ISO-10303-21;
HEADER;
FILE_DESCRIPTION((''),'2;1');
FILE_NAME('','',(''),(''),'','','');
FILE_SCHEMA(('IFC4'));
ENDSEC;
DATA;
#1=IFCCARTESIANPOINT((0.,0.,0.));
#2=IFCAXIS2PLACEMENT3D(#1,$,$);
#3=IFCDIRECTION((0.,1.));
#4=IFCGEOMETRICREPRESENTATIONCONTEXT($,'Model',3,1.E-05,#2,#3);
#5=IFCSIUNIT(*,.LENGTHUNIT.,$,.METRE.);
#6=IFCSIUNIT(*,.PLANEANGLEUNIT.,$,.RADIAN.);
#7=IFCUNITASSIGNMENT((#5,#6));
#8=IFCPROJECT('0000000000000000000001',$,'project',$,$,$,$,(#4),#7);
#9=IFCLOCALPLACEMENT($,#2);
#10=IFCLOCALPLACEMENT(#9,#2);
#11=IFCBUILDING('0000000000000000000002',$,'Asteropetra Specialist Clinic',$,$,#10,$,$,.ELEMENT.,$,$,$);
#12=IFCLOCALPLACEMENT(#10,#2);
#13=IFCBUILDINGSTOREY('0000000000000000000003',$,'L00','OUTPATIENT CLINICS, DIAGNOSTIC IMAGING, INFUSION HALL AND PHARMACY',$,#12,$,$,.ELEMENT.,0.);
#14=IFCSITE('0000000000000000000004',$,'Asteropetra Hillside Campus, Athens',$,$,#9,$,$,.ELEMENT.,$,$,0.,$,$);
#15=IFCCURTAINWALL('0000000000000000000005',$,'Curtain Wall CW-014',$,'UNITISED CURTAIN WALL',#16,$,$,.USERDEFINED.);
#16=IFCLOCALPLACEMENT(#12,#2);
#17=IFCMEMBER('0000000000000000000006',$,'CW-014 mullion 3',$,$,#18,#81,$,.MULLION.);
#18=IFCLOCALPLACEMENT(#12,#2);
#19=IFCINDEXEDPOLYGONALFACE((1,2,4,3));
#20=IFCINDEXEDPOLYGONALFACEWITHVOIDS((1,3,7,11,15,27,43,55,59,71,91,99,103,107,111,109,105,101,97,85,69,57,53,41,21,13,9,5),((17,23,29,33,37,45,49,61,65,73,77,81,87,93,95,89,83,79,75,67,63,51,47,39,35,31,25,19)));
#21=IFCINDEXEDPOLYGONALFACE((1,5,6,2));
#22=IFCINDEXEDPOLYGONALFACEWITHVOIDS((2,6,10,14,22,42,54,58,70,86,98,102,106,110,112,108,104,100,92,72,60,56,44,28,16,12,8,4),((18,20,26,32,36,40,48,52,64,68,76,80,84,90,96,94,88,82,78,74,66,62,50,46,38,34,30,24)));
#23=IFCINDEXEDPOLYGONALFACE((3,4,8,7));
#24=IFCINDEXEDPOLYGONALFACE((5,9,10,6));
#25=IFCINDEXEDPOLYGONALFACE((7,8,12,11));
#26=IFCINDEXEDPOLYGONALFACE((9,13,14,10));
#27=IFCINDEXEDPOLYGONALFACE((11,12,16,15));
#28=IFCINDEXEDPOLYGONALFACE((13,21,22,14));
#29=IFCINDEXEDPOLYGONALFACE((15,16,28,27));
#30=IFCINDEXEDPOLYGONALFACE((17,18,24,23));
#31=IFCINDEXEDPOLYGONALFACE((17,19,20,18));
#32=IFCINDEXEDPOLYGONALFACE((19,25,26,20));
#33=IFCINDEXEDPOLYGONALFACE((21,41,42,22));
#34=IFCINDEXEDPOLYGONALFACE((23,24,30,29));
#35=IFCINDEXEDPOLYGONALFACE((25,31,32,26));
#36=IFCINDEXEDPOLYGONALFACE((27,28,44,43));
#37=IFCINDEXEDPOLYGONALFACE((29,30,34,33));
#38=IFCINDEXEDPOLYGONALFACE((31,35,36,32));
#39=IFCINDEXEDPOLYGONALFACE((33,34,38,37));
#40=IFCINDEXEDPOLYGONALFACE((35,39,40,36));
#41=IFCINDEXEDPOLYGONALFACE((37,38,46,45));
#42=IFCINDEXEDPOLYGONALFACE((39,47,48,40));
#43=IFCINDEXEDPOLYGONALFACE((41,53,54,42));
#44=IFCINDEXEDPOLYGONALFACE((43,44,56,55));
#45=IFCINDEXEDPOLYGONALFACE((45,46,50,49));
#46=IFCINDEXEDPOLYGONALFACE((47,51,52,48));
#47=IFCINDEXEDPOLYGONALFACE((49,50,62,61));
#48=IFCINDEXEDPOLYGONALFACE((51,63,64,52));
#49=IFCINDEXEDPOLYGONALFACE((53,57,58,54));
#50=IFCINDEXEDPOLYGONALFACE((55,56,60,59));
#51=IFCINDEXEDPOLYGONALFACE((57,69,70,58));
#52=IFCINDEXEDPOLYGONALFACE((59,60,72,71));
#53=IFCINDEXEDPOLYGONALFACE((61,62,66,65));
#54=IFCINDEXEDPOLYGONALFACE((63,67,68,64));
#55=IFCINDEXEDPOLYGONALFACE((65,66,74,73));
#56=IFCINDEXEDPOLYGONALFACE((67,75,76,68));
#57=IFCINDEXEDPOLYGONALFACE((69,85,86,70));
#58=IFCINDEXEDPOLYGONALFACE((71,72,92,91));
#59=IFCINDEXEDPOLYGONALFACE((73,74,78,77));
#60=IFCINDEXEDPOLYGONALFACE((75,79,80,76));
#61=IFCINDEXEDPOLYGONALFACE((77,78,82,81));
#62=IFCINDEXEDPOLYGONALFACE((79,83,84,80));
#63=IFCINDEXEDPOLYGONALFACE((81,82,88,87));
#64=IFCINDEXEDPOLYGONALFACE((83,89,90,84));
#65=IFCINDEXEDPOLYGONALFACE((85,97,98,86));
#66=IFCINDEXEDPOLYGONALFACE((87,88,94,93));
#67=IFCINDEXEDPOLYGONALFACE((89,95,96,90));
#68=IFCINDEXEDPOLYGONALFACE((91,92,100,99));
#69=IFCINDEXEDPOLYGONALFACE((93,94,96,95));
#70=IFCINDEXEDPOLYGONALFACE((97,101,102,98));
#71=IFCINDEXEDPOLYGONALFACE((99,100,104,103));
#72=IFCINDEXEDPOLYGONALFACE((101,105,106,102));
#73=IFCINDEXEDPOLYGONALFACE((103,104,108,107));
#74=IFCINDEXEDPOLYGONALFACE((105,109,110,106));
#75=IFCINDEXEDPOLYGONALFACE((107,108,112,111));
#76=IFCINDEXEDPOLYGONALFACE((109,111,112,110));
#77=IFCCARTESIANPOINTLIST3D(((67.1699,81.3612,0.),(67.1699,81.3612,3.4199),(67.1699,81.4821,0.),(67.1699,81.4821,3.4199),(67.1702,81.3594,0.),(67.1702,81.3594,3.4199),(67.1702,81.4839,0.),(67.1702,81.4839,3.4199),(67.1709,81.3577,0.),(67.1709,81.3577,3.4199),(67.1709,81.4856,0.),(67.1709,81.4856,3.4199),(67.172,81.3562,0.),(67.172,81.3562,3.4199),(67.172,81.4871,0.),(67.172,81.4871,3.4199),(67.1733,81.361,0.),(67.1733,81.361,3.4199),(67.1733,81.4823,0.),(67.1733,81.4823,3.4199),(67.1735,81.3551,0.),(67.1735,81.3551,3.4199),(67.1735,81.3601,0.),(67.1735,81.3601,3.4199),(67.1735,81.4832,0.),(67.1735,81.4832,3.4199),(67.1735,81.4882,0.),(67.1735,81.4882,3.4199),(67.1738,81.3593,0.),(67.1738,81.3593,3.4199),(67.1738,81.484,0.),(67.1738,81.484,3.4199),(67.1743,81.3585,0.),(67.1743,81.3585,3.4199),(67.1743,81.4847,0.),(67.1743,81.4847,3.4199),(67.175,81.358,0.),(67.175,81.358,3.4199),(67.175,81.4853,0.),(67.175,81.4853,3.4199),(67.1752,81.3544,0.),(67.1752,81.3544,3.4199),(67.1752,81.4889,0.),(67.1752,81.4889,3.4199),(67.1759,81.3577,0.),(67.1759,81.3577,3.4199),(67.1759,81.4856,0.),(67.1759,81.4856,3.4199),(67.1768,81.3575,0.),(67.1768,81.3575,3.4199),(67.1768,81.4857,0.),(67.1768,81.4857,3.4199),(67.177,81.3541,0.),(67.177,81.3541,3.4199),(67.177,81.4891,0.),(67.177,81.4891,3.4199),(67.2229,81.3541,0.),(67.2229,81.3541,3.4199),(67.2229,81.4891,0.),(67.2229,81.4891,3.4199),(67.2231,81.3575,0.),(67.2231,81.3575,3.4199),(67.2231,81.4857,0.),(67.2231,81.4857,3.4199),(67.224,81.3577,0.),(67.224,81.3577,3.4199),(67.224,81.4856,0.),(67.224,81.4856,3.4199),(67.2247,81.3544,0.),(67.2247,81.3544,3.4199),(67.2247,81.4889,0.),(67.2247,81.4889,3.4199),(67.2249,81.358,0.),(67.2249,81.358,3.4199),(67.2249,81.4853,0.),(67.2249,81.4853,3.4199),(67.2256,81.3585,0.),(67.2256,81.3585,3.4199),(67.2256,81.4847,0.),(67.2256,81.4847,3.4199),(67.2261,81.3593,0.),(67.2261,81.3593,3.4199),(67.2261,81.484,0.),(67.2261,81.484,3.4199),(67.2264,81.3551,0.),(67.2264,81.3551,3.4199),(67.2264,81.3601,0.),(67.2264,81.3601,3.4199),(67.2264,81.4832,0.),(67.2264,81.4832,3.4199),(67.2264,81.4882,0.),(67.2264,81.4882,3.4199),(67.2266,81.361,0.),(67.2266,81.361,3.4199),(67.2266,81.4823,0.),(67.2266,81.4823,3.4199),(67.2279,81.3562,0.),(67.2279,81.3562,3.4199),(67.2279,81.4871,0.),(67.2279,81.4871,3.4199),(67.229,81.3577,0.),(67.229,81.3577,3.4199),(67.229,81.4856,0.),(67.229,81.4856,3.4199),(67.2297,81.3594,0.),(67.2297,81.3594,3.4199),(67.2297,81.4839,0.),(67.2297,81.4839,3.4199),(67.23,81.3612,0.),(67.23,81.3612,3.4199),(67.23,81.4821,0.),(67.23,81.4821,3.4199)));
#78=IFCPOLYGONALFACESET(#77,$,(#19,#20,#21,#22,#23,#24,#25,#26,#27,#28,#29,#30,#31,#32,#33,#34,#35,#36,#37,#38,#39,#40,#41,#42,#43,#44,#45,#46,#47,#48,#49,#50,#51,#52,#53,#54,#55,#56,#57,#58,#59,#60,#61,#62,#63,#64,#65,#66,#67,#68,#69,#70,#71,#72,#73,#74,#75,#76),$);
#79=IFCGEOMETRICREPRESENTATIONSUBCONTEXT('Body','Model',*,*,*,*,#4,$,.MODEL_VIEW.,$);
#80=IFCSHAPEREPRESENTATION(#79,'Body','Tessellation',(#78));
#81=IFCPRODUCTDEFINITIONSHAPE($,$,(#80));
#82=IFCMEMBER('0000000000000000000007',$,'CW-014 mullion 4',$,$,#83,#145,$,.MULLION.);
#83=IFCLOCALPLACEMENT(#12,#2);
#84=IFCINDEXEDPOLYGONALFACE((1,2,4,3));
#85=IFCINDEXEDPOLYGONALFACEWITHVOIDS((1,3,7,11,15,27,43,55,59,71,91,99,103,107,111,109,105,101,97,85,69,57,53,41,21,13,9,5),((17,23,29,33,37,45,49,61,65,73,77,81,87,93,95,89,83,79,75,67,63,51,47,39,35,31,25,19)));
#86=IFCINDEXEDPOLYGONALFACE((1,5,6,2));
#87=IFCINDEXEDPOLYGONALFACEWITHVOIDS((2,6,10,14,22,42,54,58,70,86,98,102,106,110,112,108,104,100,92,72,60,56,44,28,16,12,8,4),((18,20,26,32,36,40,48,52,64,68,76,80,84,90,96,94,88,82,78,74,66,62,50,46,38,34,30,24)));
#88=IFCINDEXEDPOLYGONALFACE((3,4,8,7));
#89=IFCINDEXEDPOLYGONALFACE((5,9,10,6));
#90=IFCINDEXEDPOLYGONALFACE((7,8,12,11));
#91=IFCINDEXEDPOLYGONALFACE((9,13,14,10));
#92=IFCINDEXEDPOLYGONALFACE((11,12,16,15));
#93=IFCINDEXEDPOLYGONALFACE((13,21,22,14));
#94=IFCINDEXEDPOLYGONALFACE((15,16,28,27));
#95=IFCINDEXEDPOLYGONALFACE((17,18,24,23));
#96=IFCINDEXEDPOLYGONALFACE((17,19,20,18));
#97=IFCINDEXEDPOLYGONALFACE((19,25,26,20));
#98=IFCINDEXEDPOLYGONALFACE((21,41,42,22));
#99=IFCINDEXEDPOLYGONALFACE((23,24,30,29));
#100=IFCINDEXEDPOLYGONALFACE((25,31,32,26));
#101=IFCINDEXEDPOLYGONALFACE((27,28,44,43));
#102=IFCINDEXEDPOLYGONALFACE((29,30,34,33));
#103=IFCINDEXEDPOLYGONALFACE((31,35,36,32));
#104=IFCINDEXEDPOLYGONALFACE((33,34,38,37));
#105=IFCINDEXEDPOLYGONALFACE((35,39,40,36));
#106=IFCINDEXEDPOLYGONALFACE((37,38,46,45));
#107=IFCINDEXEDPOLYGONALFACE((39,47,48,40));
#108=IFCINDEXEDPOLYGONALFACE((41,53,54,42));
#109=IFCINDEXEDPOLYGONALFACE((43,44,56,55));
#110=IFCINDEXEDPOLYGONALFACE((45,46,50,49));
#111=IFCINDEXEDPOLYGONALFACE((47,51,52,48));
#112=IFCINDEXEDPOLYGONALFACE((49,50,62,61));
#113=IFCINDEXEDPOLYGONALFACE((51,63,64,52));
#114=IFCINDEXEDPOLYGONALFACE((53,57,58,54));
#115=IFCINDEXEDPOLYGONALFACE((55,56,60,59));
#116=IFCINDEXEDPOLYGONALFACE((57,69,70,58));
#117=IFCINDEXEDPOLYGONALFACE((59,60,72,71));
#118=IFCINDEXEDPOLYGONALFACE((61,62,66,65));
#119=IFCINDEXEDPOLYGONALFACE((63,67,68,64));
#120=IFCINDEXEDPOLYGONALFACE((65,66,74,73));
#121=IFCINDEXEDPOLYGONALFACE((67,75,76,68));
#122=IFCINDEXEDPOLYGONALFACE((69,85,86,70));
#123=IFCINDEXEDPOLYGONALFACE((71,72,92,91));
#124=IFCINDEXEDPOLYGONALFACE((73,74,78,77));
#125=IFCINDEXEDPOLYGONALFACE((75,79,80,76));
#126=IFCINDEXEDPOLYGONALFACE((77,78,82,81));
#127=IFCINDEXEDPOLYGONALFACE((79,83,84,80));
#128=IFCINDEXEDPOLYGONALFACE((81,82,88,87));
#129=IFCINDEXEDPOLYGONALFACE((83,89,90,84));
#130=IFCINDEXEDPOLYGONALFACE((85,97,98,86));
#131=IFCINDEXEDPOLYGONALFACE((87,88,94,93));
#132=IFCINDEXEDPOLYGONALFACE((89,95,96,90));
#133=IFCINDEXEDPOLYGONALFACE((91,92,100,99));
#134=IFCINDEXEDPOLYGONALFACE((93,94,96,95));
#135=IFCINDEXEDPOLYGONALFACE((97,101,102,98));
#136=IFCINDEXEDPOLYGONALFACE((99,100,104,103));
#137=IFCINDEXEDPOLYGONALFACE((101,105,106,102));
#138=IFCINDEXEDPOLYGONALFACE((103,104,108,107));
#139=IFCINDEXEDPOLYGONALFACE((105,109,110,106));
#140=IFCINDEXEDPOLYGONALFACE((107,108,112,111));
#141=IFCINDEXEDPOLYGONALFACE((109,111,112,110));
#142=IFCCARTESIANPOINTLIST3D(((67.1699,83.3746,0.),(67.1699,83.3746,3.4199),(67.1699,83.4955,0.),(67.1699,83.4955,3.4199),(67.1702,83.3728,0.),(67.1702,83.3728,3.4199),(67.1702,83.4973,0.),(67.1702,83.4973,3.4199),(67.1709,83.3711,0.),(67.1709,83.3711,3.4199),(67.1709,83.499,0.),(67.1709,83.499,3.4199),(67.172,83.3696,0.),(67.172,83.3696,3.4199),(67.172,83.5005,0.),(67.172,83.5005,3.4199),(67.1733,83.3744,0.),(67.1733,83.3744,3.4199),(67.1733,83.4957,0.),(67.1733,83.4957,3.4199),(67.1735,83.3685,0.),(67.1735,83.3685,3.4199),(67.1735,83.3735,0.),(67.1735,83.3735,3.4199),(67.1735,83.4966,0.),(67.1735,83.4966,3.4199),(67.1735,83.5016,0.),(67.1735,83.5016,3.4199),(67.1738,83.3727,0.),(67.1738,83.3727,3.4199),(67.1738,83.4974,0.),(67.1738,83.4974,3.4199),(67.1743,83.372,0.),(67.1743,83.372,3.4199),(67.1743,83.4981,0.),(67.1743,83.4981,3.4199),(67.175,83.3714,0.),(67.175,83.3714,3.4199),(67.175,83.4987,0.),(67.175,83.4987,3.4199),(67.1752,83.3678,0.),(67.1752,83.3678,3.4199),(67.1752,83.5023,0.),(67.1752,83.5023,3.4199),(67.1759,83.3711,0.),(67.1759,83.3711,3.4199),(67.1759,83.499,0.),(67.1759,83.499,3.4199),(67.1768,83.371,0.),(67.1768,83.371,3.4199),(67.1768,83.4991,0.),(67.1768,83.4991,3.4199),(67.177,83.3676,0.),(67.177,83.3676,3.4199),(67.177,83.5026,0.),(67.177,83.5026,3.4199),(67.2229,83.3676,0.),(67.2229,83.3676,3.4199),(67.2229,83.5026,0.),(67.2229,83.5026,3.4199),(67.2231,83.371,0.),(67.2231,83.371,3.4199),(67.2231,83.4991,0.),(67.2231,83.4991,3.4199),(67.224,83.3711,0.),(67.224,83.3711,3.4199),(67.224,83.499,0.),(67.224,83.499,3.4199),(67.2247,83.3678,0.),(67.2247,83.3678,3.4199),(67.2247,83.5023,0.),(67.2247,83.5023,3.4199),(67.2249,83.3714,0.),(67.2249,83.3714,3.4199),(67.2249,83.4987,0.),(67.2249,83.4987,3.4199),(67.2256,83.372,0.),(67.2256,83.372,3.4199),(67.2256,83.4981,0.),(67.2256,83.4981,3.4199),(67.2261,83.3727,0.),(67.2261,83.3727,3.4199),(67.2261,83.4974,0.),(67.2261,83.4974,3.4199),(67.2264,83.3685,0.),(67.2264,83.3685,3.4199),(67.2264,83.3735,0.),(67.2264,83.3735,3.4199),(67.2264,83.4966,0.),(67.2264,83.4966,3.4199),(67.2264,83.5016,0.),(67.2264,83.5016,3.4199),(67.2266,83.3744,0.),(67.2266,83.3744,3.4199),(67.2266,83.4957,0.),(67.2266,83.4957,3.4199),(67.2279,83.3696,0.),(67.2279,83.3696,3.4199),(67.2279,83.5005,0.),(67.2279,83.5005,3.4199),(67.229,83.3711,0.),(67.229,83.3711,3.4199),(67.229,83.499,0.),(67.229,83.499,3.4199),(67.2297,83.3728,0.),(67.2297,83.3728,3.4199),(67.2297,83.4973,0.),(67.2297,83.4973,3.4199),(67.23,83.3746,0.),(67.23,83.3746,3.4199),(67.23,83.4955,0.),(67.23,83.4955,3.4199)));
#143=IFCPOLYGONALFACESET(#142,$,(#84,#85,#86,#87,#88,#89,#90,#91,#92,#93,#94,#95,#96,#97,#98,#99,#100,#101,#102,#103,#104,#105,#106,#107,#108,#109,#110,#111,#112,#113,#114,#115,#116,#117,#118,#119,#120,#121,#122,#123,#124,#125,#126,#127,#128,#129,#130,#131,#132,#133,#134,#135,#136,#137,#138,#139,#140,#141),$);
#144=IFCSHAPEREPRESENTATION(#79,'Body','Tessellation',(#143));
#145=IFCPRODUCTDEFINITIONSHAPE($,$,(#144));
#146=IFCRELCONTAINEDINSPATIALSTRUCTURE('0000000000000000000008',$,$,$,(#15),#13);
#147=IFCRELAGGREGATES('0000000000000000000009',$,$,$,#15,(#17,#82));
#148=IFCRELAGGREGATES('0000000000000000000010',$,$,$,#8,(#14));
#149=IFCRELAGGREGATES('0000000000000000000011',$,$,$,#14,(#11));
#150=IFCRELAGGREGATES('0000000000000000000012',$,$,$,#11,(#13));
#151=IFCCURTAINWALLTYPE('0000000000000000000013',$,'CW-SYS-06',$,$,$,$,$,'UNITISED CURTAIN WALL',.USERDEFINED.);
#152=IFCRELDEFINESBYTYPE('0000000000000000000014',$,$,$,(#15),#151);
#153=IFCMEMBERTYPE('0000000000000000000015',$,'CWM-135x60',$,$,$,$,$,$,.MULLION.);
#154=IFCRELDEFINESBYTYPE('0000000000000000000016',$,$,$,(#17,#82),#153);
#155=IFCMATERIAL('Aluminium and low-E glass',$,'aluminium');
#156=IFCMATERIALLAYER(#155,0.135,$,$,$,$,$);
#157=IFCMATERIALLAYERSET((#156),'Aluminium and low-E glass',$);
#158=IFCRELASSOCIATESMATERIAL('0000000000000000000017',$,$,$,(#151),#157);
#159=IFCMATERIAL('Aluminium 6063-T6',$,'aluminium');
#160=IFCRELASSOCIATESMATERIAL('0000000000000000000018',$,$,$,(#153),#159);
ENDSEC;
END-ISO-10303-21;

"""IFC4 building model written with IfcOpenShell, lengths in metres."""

from ifc_helpers import new_model, si_unit, direction, frame, origin, origin_2d, place, context, subcontext, project, spatial, hollow_rectangle, extrude, material, layer, layer_set, material_profile, profile_set, type_object, element, aggregate, save


model = new_model("IFC4")

# Units and contexts
model_context = context("Model", 3, precision=1e-05, world=origin(), true_north=direction((0.0, 1.0)))
body_context = subcontext(model_context, "Body", "Model", "MODEL_VIEW")
ifc_project = project(units=[si_unit("LENGTHUNIT", "METRE"), si_unit("PLANEANGLEUNIT", "RADIAN")], contexts=[model_context])

# Site, building, storey
site_placement = place(None, origin())
site = spatial("IfcSite", under=ifc_project, at=site_placement, Name="Asteropetra Hillside Campus, Athens", CompositionType="ELEMENT", RefElevation=0.0)
building_placement = place(site_placement, origin())
building = spatial("IfcBuilding", under=site, at=building_placement, Name="Asteropetra Specialist Clinic", CompositionType="ELEMENT")
storey_placement = place(building_placement, origin())
storey = spatial("IfcBuildingStorey", under=building, at=storey_placement, Name="L00", Description="OUTPATIENT CLINICS, DIAGNOSTIC IMAGING, INFUSION HALL AND PHARMACY", CompositionType="ELEMENT", Elevation=0.0)

# Curtain wall, members
ifc_material_1 = material(Name="Aluminium and low-E glass", Category="aluminium")
ifc_layer_1 = layer(ifc_material_1, 0.135)
ifc_layer_set_1 = layer_set([ifc_layer_1], Name="Aluminium and low-E glass")
curtain_wall_type = type_object("IfcCurtainWallType", Name="CW-SYS-06", ElementType="UNITISED CURTAIN WALL", PredefinedType="USERDEFINED", material=ifc_layer_set_1)
curtain_wall_placement = place(storey_placement, origin())
curtain_wall = element("IfcCurtainWall", 1, at=curtain_wall_placement, inside=storey, type_object=curtain_wall_type, Name="Curtain Wall CW-014", ObjectType="UNITISED CURTAIN WALL", PredefinedType="USERDEFINED")
ifc_material_2 = material(Name="Aluminium 6063-T6", Category="aluminium")
ifc_material_profile_1 = material_profile(ifc_material_2, hollow_rectangle(XDim=0.0601, YDim=0.135, WallThickness=0.0034, InnerFilletRadius=0.0034, OuterFilletRadius=0.0071, at=origin_2d()), Name="MUL 135x60x3.5")
ifc_profile_set_1 = profile_set([ifc_material_profile_1], Name="Aluminium 6063-T6")
member_type_1 = type_object("IfcMemberType", Name="CWM-135x60", PredefinedType="MULLION", material=ifc_profile_set_1)
member_1_placement = place(storey_placement, frame((67.2, 81.4216, 0.0), z_axis=(0.0, 0.0, 1.0), x_axis=(-1.0, 0.0, 0.0)))
member_1 = element("IfcMember", 2, at=member_1_placement, type_object=member_type_1, Name="CW-014 mullion 3", PredefinedType="MULLION", context=body_context, shape_type="SweptSolid", body=[
    extrude(hollow_rectangle(XDim=0.0601, YDim=0.135, WallThickness=0.0034, InnerFilletRadius=0.0034, OuterFilletRadius=0.0071, at=origin_2d()), origin(), (0.0, 0.0, 1.0), 3.4199),
])
member_2_placement = place(storey_placement, frame((67.2, 83.4351, 0.0), z_axis=(0.0, 0.0, 1.0), x_axis=(-1.0, 0.0, 0.0)))
member_2 = element("IfcMember", 3, at=member_2_placement, type_object=member_type_1, Name="CW-014 mullion 4", PredefinedType="MULLION", context=body_context, shape_type="SweptSolid", body=[
    extrude(hollow_rectangle(XDim=0.0601, YDim=0.135, WallThickness=0.0034, InnerFilletRadius=0.0034, OuterFilletRadius=0.0071, at=origin_2d()), origin(), (0.0, 0.0, 1.0), 3.4199),
])
aggregate(curtain_wall, [member_1, member_2])

save(model, "model.ifc")
